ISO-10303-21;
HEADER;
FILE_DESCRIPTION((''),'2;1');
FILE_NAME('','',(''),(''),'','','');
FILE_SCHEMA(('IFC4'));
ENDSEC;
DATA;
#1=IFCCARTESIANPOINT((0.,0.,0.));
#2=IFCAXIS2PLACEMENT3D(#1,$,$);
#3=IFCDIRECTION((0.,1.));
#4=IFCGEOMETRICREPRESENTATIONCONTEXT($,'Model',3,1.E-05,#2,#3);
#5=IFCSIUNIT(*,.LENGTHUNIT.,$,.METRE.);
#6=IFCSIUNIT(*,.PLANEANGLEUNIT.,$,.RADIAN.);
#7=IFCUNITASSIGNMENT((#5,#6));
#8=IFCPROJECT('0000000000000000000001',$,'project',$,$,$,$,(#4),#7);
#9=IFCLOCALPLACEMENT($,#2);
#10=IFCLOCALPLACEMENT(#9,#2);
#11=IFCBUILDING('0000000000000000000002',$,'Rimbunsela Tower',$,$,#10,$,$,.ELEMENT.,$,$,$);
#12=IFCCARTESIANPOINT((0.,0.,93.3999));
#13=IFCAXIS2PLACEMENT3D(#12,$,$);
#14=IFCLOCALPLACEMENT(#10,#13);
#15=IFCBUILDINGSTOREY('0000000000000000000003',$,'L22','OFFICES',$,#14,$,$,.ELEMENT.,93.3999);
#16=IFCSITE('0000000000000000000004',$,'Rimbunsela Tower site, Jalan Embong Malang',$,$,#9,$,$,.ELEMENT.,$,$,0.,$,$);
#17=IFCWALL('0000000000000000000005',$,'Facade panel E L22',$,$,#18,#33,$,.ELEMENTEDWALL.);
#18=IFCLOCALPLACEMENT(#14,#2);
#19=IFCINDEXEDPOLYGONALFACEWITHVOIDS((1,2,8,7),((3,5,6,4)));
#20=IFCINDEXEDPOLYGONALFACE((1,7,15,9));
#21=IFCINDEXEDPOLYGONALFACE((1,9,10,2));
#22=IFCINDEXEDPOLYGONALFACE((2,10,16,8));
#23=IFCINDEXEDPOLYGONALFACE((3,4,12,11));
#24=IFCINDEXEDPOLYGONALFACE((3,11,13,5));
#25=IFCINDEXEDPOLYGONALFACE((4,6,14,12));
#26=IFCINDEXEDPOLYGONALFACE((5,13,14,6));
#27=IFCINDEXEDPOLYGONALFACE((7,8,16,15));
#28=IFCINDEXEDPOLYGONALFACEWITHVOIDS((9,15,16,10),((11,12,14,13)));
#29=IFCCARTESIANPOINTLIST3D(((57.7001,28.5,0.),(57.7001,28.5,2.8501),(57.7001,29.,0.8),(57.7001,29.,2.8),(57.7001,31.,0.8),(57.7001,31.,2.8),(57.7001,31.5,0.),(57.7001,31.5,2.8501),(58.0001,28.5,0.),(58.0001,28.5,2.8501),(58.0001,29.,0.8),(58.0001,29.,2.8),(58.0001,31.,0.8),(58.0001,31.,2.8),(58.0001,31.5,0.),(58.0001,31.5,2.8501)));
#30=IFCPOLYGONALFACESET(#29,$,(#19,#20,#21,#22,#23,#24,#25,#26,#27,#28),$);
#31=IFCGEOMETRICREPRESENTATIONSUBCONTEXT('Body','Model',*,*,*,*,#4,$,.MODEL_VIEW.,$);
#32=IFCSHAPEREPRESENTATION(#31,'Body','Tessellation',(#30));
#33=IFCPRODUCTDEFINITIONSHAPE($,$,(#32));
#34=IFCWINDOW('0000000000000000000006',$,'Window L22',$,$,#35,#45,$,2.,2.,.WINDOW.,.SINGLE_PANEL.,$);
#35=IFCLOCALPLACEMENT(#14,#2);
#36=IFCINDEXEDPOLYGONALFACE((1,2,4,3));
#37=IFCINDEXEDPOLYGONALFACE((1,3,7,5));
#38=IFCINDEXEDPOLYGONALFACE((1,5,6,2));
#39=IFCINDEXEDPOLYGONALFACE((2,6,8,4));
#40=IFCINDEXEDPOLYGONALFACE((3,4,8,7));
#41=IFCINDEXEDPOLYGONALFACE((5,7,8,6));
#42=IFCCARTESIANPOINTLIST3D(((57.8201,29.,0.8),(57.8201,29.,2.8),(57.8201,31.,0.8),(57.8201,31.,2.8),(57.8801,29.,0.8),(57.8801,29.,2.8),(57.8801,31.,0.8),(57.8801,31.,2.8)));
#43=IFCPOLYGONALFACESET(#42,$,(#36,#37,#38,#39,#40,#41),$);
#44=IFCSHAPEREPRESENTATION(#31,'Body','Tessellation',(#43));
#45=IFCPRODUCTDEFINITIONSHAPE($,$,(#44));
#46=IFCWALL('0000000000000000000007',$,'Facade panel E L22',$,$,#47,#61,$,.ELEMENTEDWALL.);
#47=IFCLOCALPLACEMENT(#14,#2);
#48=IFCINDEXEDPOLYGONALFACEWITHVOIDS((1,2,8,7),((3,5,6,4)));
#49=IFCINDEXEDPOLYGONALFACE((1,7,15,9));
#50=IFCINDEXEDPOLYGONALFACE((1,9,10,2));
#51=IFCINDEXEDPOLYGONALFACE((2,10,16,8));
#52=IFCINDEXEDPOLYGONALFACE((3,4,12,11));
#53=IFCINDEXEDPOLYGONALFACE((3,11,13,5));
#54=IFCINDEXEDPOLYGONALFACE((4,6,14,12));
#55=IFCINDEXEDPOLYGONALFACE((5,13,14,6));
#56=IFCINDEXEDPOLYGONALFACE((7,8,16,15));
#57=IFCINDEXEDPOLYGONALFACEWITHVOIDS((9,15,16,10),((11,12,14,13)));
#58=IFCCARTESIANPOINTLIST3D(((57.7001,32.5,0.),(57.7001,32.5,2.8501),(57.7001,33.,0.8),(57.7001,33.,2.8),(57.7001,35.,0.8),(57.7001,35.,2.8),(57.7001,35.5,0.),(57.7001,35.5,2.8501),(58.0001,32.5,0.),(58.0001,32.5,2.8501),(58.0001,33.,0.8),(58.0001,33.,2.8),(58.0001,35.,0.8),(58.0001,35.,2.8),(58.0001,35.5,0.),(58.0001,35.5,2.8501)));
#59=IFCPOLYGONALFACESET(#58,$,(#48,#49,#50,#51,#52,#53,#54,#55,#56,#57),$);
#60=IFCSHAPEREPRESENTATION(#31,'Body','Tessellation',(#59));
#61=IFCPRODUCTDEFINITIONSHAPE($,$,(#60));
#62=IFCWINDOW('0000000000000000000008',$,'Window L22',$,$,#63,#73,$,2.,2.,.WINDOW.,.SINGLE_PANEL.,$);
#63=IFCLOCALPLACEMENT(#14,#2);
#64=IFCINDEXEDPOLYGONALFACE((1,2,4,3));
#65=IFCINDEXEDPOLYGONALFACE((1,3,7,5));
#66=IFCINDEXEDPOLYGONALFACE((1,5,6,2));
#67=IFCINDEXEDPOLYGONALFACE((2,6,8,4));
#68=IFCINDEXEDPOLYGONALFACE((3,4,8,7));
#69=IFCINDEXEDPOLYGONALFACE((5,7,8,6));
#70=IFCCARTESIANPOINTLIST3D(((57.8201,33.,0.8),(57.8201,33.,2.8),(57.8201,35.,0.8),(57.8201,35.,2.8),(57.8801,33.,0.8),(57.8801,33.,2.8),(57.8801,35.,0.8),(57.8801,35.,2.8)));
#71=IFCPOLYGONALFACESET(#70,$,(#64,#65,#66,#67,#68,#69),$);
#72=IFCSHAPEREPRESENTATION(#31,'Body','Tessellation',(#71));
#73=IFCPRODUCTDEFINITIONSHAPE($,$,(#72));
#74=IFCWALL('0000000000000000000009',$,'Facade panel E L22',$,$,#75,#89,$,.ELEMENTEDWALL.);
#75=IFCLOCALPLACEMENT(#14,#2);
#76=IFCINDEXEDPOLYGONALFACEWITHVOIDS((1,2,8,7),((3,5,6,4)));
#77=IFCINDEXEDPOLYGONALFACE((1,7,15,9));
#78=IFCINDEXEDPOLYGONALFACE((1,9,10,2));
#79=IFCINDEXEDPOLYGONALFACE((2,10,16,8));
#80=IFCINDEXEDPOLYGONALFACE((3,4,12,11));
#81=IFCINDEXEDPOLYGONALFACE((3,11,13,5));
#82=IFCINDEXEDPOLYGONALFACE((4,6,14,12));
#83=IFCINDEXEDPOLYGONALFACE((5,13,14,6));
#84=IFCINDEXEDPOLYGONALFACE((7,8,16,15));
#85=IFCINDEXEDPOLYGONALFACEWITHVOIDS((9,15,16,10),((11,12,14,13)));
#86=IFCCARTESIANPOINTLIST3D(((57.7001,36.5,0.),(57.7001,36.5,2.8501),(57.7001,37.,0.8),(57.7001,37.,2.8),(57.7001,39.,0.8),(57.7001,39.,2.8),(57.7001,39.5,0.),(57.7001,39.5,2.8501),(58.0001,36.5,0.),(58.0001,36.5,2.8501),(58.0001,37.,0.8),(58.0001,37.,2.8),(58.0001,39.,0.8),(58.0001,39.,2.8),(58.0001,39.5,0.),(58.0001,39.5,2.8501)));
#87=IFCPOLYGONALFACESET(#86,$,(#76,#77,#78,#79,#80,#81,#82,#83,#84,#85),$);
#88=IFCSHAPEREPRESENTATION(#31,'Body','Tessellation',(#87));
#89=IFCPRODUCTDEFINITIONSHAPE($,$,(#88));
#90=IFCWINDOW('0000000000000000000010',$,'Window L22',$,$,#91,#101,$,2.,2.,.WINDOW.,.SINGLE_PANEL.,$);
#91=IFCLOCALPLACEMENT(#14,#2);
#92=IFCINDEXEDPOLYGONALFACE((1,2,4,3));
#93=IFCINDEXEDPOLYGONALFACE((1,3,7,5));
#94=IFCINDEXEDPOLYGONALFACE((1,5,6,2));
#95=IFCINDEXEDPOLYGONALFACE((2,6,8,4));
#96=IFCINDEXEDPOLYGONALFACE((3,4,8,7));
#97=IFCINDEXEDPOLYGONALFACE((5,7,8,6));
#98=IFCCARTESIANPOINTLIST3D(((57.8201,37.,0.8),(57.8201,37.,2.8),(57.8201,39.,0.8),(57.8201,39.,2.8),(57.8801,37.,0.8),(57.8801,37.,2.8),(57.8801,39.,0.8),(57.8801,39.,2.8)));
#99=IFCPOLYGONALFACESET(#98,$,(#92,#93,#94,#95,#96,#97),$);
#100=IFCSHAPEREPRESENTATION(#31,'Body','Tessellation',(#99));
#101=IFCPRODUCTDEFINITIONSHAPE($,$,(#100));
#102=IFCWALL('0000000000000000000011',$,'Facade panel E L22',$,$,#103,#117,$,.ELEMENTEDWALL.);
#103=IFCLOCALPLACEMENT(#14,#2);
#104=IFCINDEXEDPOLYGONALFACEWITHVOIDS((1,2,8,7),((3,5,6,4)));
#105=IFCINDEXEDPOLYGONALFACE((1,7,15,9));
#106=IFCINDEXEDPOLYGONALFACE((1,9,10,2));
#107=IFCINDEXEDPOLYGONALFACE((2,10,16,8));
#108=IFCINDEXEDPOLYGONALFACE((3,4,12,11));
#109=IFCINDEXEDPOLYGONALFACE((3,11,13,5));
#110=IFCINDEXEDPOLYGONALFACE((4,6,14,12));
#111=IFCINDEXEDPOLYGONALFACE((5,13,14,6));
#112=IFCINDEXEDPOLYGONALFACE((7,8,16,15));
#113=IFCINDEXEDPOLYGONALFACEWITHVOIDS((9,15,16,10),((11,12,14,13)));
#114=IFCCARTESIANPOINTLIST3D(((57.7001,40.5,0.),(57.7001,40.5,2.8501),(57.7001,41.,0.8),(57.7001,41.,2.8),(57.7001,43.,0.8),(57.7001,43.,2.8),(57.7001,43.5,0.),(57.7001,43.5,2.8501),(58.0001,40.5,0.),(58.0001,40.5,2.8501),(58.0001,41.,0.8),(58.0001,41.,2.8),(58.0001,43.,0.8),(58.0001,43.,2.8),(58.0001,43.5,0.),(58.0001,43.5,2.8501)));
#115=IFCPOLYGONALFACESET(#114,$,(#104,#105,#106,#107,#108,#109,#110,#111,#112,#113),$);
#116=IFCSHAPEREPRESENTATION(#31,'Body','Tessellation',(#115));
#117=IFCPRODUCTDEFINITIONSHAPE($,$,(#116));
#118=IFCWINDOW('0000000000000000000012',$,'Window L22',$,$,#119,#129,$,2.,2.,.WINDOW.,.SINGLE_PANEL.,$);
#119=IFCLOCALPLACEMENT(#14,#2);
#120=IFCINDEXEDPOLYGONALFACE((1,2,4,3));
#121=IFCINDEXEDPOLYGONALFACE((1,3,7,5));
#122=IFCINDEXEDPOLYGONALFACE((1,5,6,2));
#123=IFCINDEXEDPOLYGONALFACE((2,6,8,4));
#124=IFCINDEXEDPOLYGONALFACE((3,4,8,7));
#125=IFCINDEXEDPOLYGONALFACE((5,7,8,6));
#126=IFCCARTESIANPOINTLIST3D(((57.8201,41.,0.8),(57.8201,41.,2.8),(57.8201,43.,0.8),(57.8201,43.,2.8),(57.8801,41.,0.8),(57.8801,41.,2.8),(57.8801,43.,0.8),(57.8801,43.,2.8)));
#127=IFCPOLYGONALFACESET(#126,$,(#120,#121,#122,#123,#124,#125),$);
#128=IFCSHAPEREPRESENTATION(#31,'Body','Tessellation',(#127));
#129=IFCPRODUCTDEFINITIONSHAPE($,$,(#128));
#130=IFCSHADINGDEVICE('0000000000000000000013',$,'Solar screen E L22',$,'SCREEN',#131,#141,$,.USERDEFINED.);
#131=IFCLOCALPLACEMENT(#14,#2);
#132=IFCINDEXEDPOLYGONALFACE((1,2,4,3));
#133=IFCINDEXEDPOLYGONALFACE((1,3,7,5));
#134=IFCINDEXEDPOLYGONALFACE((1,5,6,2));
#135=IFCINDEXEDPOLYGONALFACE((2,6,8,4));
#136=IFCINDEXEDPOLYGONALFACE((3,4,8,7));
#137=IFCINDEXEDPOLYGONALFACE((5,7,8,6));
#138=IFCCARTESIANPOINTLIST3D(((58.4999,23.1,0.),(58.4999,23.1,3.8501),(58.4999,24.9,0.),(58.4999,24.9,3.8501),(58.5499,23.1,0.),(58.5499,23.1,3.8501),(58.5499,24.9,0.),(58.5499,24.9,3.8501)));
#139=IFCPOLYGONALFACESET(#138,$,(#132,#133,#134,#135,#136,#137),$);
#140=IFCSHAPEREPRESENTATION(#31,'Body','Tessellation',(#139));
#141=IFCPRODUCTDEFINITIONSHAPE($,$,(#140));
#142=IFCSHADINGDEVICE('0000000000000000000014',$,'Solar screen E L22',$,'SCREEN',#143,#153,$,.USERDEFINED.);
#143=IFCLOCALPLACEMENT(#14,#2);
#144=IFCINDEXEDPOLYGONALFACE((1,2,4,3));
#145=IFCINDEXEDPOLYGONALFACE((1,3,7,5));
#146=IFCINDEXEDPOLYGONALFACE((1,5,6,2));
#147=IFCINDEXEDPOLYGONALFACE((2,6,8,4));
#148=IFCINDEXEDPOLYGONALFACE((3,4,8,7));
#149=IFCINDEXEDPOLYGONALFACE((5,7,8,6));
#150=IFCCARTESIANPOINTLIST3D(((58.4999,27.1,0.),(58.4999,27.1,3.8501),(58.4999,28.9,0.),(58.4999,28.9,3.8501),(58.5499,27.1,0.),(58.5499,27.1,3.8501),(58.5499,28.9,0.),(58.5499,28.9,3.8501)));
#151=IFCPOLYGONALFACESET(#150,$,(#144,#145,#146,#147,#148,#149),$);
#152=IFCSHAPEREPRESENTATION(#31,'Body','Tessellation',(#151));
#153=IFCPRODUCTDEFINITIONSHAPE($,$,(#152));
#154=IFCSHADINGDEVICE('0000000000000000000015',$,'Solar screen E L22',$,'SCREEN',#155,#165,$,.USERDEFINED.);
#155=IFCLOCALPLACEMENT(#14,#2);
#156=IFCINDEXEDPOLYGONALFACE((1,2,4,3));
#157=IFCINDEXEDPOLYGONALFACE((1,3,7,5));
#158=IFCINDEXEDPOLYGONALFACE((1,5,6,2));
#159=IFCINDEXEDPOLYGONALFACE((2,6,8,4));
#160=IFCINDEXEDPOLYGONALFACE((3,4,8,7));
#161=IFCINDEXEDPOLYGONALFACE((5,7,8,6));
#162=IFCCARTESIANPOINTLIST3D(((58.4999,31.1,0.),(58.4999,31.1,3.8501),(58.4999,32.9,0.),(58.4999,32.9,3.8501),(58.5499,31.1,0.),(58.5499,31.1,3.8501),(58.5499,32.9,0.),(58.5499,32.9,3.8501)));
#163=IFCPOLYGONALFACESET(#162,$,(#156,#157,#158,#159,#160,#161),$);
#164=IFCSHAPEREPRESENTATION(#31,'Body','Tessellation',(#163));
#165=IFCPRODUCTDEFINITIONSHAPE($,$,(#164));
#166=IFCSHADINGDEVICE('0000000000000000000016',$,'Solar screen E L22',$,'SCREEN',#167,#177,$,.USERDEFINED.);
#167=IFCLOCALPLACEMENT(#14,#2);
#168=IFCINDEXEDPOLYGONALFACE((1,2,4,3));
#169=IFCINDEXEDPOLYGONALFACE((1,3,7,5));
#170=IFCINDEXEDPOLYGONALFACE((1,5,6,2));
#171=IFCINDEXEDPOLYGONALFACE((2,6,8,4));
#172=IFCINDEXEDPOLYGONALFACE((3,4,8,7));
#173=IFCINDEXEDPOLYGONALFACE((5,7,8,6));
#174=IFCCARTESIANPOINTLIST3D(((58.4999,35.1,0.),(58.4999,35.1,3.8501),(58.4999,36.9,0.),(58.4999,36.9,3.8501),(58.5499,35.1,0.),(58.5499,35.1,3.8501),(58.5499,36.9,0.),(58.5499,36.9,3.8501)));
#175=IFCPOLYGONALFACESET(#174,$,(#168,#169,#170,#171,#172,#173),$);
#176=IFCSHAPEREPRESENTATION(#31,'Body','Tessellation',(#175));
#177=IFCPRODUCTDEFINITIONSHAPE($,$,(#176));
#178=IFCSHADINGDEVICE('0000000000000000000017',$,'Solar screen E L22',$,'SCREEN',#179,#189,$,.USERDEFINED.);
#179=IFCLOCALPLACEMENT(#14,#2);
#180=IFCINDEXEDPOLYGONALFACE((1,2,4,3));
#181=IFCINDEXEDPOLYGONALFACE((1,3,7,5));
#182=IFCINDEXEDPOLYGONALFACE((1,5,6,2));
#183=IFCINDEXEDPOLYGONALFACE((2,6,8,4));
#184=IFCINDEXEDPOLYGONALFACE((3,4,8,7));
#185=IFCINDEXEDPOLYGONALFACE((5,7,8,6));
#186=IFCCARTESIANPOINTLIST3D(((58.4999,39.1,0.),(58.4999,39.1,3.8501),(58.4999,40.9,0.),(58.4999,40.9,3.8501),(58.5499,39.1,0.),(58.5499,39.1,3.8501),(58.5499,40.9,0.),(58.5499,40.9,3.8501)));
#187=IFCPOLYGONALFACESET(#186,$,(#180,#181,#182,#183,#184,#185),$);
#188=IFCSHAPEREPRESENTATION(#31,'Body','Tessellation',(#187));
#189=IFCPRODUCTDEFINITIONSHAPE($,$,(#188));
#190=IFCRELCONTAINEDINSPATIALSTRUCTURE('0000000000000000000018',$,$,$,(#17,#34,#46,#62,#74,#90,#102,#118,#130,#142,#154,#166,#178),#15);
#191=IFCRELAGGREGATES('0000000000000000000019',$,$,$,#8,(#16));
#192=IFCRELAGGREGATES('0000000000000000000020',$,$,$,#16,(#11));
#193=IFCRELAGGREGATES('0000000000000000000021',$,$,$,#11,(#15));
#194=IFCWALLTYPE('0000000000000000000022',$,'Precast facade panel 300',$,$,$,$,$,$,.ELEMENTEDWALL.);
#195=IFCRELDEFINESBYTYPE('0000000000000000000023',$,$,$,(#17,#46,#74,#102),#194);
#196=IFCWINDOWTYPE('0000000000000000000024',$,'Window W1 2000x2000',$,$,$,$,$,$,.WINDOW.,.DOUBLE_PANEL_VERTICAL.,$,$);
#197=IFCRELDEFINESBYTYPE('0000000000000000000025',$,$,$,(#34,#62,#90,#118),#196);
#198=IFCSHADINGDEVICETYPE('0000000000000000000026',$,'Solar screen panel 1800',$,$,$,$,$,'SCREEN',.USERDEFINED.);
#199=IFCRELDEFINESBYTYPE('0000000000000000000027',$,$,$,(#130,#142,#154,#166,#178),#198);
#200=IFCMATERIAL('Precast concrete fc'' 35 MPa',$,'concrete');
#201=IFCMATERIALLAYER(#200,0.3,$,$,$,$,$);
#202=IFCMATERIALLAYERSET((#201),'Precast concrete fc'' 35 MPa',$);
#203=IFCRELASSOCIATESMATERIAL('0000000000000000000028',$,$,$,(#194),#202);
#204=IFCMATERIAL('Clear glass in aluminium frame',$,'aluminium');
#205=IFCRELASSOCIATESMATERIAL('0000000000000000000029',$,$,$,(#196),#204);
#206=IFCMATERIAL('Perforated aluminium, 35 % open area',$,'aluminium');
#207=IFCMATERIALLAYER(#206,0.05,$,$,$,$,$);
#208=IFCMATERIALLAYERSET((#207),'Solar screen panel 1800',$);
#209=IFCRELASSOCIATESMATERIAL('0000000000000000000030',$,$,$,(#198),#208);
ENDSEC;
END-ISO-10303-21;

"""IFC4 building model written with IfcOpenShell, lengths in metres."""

from ifc_helpers import new_model, si_unit, direction, frame, frame_2d, origin, origin_2d, place, context, subcontext, project, spatial, rectangle, extrude, material, layer, layer_set, type_object, element, fill, save


model = new_model("IFC4")

# Units and contexts
model_context = context("Model", 3, precision=1e-05, world=origin(), true_north=direction((0.0, 1.0)))
body_context = subcontext(model_context, "Body", "Model", "MODEL_VIEW")
ifc_project = project(units=[si_unit("LENGTHUNIT", "METRE"), si_unit("PLANEANGLEUNIT", "RADIAN")], contexts=[model_context])

# Site, building, storey
site_placement = place(None, origin())
site = spatial("IfcSite", under=ifc_project, at=site_placement, Name="Rimbunsela Tower site, Jalan Embong Malang", CompositionType="ELEMENT", RefElevation=0.0)
building_placement = place(site_placement, origin())
building = spatial("IfcBuilding", under=site, at=building_placement, Name="Rimbunsela Tower", CompositionType="ELEMENT")
storey_placement = place(building_placement, frame((0.0, 0.0, 93.3999)))
storey = spatial("IfcBuildingStorey", under=building, at=storey_placement, Name="L22", Description="OFFICES", CompositionType="ELEMENT", Elevation=93.3999)

# Walls, openings, windows
ifc_material_1 = material(Name="Precast concrete fc' 35 MPa", Category="concrete")
ifc_layer_1 = layer(ifc_material_1, 0.3)
ifc_layer_set_1 = layer_set([ifc_layer_1], Name="Precast concrete fc' 35 MPa")
wall_type = type_object("IfcWallType", Name="Precast facade panel 300", PredefinedType="ELEMENTEDWALL", material=ifc_layer_set_1)
ifc_material_2 = material(Name="Clear glass in aluminium frame", Category="aluminium")
window_type = type_object("IfcWindowType", Name="Window W1 2000x2000", PartitioningType="DOUBLE_PANEL_VERTICAL", PredefinedType="WINDOW", material=ifc_material_2)
wall_1_placement = place(storey_placement, frame((57.8501, 28.5, 0.0), z_axis=(0.0, 0.0, 1.0), x_axis=(0.0, 1.0, 0.0)))
wall_1 = element("IfcWall", 1, at=wall_1_placement, inside=storey, type_object=wall_type, Name="Facade panel E L22", PredefinedType="ELEMENTEDWALL", context=body_context, shape_type="SweptSolid", body=[
    extrude(rectangle(XDim=3.0, YDim=0.3, at=frame_2d((1.5, 0.0))), origin(), (0.0, 0.0, 1.0), 2.8501),
])
opening_1_placement = place(wall_1_placement, frame((0.5, 0.0, 0.8)))
opening_1 = element("IfcOpeningElement", 2, at=opening_1_placement, cuts=wall_1, PredefinedType="OPENING", context=body_context, shape_type="SweptSolid", body=[
    extrude(rectangle(XDim=2.0, YDim=2.0, at=frame_2d((1.0, 1.0))), frame((0.0, 0.1599, 0.0), z_axis=(0.0, -1.0, 0.0), x_axis=(1.0, 0.0, 0.0)), (0.0, 0.0, 1.0), 0.3201),
])
window_1_placement = place(opening_1_placement, origin())
window_1 = element("IfcWindow", 3, at=window_1_placement, inside=storey, type_object=window_type, Name="Window L22", OverallHeight=2.0, OverallWidth=2.0, PartitioningType="SINGLE_PANEL", PredefinedType="WINDOW", context=body_context, shape_type="SweptSolid", body=[
    extrude(rectangle(XDim=2.0, YDim=2.0, at=frame_2d((1.0, 1.0))), frame((0.0, 0.03, 0.0), z_axis=(0.0, -1.0, 0.0), x_axis=(1.0, 0.0, 0.0)), (0.0, 0.0, 1.0), 0.0601),
])
fill(opening_1, window_1)
wall_2_placement = place(storey_placement, frame((57.8501, 32.5, 0.0), z_axis=(0.0, 0.0, 1.0), x_axis=(0.0, 1.0, 0.0)))
wall_2 = element("IfcWall", 4, at=wall_2_placement, inside=storey, type_object=wall_type, Name="Facade panel E L22", PredefinedType="ELEMENTEDWALL", context=body_context, shape_type="SweptSolid", body=[
    extrude(rectangle(XDim=3.0, YDim=0.3, at=frame_2d((1.5, 0.0))), origin(), (0.0, 0.0, 1.0), 2.8501),
])
opening_2_placement = place(wall_2_placement, frame((0.5, 0.0, 0.8)))
opening_2 = element("IfcOpeningElement", 5, at=opening_2_placement, cuts=wall_2, PredefinedType="OPENING", context=body_context, shape_type="SweptSolid", body=[
    extrude(rectangle(XDim=2.0, YDim=2.0, at=frame_2d((1.0, 1.0))), frame((0.0, 0.1599, 0.0), z_axis=(0.0, -1.0, 0.0), x_axis=(1.0, 0.0, 0.0)), (0.0, 0.0, 1.0), 0.3201),
])
window_2_placement = place(opening_2_placement, origin())
window_2 = element("IfcWindow", 6, at=window_2_placement, inside=storey, type_object=window_type, Name="Window L22", OverallHeight=2.0, OverallWidth=2.0, PartitioningType="SINGLE_PANEL", PredefinedType="WINDOW", context=body_context, shape_type="SweptSolid", body=[
    extrude(rectangle(XDim=2.0, YDim=2.0, at=frame_2d((1.0, 1.0))), frame((0.0, 0.03, 0.0), z_axis=(0.0, -1.0, 0.0), x_axis=(1.0, 0.0, 0.0)), (0.0, 0.0, 1.0), 0.0601),
])
fill(opening_2, window_2)
wall_3_placement = place(storey_placement, frame((57.8501, 36.5, 0.0), z_axis=(0.0, 0.0, 1.0), x_axis=(0.0, 1.0, 0.0)))
wall_3 = element("IfcWall", 7, at=wall_3_placement, inside=storey, type_object=wall_type, Name="Facade panel E L22", PredefinedType="ELEMENTEDWALL", context=body_context, shape_type="SweptSolid", body=[
    extrude(rectangle(XDim=3.0, YDim=0.3, at=frame_2d((1.5, 0.0))), origin(), (0.0, 0.0, 1.0), 2.8501),
])
opening_3_placement = place(wall_3_placement, frame((0.5, 0.0, 0.8)))
opening_3 = element("IfcOpeningElement", 8, at=opening_3_placement, cuts=wall_3, PredefinedType="OPENING", context=body_context, shape_type="SweptSolid", body=[
    extrude(rectangle(XDim=2.0, YDim=2.0, at=frame_2d((1.0, 1.0))), frame((0.0, 0.1599, 0.0), z_axis=(0.0, -1.0, 0.0), x_axis=(1.0, 0.0, 0.0)), (0.0, 0.0, 1.0), 0.3201),
])
window_3_placement = place(opening_3_placement, origin())
window_3 = element("IfcWindow", 9, at=window_3_placement, inside=storey, type_object=window_type, Name="Window L22", OverallHeight=2.0, OverallWidth=2.0, PartitioningType="SINGLE_PANEL", PredefinedType="WINDOW", context=body_context, shape_type="SweptSolid", body=[
    extrude(rectangle(XDim=2.0, YDim=2.0, at=frame_2d((1.0, 1.0))), frame((0.0, 0.03, 0.0), z_axis=(0.0, -1.0, 0.0), x_axis=(1.0, 0.0, 0.0)), (0.0, 0.0, 1.0), 0.0601),
])
fill(opening_3, window_3)
wall_4_placement = place(storey_placement, frame((57.8501, 40.5, 0.0), z_axis=(0.0, 0.0, 1.0), x_axis=(0.0, 1.0, 0.0)))
wall_4 = element("IfcWall", 10, at=wall_4_placement, inside=storey, type_object=wall_type, Name="Facade panel E L22", PredefinedType="ELEMENTEDWALL", context=body_context, shape_type="SweptSolid", body=[
    extrude(rectangle(XDim=3.0, YDim=0.3, at=frame_2d((1.5, 0.0))), origin(), (0.0, 0.0, 1.0), 2.8501),
])
opening_4_placement = place(wall_4_placement, frame((0.5, 0.0, 0.8)))
opening_4 = element("IfcOpeningElement", 11, at=opening_4_placement, cuts=wall_4, PredefinedType="OPENING", context=body_context, shape_type="SweptSolid", body=[
    extrude(rectangle(XDim=2.0, YDim=2.0, at=frame_2d((1.0, 1.0))), frame((0.0, 0.1599, 0.0), z_axis=(0.0, -1.0, 0.0), x_axis=(1.0, 0.0, 0.0)), (0.0, 0.0, 1.0), 0.3201),
])
window_4_placement = place(opening_4_placement, origin())
window_4 = element("IfcWindow", 12, at=window_4_placement, inside=storey, type_object=window_type, Name="Window L22", OverallHeight=2.0, OverallWidth=2.0, PartitioningType="SINGLE_PANEL", PredefinedType="WINDOW", context=body_context, shape_type="SweptSolid", body=[
    extrude(rectangle(XDim=2.0, YDim=2.0, at=frame_2d((1.0, 1.0))), frame((0.0, 0.03, 0.0), z_axis=(0.0, -1.0, 0.0), x_axis=(1.0, 0.0, 0.0)), (0.0, 0.0, 1.0), 0.0601),
])
fill(opening_4, window_4)

# Shading devices
ifc_material_3 = material(Name="Perforated aluminium, 35 % open area", Category="aluminium")
ifc_layer_2 = layer(ifc_material_3, 0.05)
ifc_layer_set_2 = layer_set([ifc_layer_2], Name="Solar screen panel 1800")
shading_device_type = type_object("IfcShadingDeviceType", Name="Solar screen panel 1800", ElementType="SCREEN", PredefinedType="USERDEFINED", material=ifc_layer_set_2)
for number, where, z_axis, x_axis, name in (
    (13, (58.5249, 24.0, 0.0), (0.0, 0.0, 1.0), (0.0, 1.0, 0.0), "Solar screen E L22"),
    (14, (58.5249, 28.0, 0.0), (0.0, 0.0, 1.0), (0.0, 1.0, 0.0), "Solar screen E L22"),
    (15, (58.5249, 32.0, 0.0), (0.0, 0.0, 1.0), (0.0, 1.0, 0.0), "Solar screen E L22"),
    (16, (58.5249, 36.0, 0.0), (0.0, 0.0, 1.0), (0.0, 1.0, 0.0), "Solar screen E L22"),
    (17, (58.5249, 40.0, 0.0), (0.0, 0.0, 1.0), (0.0, 1.0, 0.0), "Solar screen E L22"),
):
    element("IfcShadingDevice", number, at=place(storey_placement, frame(where, z_axis=z_axis, x_axis=x_axis)), inside=storey, type_object=shading_device_type, Name=name, ObjectType="SCREEN", PredefinedType="USERDEFINED", context=body_context, shape_type="SweptSolid", body=[
        extrude(rectangle(XDim=1.8, YDim=0.05, at=origin_2d()), origin(), (0.0, 0.0, 1.0), 3.8501),
    ])

save(model, "model.ifc")
